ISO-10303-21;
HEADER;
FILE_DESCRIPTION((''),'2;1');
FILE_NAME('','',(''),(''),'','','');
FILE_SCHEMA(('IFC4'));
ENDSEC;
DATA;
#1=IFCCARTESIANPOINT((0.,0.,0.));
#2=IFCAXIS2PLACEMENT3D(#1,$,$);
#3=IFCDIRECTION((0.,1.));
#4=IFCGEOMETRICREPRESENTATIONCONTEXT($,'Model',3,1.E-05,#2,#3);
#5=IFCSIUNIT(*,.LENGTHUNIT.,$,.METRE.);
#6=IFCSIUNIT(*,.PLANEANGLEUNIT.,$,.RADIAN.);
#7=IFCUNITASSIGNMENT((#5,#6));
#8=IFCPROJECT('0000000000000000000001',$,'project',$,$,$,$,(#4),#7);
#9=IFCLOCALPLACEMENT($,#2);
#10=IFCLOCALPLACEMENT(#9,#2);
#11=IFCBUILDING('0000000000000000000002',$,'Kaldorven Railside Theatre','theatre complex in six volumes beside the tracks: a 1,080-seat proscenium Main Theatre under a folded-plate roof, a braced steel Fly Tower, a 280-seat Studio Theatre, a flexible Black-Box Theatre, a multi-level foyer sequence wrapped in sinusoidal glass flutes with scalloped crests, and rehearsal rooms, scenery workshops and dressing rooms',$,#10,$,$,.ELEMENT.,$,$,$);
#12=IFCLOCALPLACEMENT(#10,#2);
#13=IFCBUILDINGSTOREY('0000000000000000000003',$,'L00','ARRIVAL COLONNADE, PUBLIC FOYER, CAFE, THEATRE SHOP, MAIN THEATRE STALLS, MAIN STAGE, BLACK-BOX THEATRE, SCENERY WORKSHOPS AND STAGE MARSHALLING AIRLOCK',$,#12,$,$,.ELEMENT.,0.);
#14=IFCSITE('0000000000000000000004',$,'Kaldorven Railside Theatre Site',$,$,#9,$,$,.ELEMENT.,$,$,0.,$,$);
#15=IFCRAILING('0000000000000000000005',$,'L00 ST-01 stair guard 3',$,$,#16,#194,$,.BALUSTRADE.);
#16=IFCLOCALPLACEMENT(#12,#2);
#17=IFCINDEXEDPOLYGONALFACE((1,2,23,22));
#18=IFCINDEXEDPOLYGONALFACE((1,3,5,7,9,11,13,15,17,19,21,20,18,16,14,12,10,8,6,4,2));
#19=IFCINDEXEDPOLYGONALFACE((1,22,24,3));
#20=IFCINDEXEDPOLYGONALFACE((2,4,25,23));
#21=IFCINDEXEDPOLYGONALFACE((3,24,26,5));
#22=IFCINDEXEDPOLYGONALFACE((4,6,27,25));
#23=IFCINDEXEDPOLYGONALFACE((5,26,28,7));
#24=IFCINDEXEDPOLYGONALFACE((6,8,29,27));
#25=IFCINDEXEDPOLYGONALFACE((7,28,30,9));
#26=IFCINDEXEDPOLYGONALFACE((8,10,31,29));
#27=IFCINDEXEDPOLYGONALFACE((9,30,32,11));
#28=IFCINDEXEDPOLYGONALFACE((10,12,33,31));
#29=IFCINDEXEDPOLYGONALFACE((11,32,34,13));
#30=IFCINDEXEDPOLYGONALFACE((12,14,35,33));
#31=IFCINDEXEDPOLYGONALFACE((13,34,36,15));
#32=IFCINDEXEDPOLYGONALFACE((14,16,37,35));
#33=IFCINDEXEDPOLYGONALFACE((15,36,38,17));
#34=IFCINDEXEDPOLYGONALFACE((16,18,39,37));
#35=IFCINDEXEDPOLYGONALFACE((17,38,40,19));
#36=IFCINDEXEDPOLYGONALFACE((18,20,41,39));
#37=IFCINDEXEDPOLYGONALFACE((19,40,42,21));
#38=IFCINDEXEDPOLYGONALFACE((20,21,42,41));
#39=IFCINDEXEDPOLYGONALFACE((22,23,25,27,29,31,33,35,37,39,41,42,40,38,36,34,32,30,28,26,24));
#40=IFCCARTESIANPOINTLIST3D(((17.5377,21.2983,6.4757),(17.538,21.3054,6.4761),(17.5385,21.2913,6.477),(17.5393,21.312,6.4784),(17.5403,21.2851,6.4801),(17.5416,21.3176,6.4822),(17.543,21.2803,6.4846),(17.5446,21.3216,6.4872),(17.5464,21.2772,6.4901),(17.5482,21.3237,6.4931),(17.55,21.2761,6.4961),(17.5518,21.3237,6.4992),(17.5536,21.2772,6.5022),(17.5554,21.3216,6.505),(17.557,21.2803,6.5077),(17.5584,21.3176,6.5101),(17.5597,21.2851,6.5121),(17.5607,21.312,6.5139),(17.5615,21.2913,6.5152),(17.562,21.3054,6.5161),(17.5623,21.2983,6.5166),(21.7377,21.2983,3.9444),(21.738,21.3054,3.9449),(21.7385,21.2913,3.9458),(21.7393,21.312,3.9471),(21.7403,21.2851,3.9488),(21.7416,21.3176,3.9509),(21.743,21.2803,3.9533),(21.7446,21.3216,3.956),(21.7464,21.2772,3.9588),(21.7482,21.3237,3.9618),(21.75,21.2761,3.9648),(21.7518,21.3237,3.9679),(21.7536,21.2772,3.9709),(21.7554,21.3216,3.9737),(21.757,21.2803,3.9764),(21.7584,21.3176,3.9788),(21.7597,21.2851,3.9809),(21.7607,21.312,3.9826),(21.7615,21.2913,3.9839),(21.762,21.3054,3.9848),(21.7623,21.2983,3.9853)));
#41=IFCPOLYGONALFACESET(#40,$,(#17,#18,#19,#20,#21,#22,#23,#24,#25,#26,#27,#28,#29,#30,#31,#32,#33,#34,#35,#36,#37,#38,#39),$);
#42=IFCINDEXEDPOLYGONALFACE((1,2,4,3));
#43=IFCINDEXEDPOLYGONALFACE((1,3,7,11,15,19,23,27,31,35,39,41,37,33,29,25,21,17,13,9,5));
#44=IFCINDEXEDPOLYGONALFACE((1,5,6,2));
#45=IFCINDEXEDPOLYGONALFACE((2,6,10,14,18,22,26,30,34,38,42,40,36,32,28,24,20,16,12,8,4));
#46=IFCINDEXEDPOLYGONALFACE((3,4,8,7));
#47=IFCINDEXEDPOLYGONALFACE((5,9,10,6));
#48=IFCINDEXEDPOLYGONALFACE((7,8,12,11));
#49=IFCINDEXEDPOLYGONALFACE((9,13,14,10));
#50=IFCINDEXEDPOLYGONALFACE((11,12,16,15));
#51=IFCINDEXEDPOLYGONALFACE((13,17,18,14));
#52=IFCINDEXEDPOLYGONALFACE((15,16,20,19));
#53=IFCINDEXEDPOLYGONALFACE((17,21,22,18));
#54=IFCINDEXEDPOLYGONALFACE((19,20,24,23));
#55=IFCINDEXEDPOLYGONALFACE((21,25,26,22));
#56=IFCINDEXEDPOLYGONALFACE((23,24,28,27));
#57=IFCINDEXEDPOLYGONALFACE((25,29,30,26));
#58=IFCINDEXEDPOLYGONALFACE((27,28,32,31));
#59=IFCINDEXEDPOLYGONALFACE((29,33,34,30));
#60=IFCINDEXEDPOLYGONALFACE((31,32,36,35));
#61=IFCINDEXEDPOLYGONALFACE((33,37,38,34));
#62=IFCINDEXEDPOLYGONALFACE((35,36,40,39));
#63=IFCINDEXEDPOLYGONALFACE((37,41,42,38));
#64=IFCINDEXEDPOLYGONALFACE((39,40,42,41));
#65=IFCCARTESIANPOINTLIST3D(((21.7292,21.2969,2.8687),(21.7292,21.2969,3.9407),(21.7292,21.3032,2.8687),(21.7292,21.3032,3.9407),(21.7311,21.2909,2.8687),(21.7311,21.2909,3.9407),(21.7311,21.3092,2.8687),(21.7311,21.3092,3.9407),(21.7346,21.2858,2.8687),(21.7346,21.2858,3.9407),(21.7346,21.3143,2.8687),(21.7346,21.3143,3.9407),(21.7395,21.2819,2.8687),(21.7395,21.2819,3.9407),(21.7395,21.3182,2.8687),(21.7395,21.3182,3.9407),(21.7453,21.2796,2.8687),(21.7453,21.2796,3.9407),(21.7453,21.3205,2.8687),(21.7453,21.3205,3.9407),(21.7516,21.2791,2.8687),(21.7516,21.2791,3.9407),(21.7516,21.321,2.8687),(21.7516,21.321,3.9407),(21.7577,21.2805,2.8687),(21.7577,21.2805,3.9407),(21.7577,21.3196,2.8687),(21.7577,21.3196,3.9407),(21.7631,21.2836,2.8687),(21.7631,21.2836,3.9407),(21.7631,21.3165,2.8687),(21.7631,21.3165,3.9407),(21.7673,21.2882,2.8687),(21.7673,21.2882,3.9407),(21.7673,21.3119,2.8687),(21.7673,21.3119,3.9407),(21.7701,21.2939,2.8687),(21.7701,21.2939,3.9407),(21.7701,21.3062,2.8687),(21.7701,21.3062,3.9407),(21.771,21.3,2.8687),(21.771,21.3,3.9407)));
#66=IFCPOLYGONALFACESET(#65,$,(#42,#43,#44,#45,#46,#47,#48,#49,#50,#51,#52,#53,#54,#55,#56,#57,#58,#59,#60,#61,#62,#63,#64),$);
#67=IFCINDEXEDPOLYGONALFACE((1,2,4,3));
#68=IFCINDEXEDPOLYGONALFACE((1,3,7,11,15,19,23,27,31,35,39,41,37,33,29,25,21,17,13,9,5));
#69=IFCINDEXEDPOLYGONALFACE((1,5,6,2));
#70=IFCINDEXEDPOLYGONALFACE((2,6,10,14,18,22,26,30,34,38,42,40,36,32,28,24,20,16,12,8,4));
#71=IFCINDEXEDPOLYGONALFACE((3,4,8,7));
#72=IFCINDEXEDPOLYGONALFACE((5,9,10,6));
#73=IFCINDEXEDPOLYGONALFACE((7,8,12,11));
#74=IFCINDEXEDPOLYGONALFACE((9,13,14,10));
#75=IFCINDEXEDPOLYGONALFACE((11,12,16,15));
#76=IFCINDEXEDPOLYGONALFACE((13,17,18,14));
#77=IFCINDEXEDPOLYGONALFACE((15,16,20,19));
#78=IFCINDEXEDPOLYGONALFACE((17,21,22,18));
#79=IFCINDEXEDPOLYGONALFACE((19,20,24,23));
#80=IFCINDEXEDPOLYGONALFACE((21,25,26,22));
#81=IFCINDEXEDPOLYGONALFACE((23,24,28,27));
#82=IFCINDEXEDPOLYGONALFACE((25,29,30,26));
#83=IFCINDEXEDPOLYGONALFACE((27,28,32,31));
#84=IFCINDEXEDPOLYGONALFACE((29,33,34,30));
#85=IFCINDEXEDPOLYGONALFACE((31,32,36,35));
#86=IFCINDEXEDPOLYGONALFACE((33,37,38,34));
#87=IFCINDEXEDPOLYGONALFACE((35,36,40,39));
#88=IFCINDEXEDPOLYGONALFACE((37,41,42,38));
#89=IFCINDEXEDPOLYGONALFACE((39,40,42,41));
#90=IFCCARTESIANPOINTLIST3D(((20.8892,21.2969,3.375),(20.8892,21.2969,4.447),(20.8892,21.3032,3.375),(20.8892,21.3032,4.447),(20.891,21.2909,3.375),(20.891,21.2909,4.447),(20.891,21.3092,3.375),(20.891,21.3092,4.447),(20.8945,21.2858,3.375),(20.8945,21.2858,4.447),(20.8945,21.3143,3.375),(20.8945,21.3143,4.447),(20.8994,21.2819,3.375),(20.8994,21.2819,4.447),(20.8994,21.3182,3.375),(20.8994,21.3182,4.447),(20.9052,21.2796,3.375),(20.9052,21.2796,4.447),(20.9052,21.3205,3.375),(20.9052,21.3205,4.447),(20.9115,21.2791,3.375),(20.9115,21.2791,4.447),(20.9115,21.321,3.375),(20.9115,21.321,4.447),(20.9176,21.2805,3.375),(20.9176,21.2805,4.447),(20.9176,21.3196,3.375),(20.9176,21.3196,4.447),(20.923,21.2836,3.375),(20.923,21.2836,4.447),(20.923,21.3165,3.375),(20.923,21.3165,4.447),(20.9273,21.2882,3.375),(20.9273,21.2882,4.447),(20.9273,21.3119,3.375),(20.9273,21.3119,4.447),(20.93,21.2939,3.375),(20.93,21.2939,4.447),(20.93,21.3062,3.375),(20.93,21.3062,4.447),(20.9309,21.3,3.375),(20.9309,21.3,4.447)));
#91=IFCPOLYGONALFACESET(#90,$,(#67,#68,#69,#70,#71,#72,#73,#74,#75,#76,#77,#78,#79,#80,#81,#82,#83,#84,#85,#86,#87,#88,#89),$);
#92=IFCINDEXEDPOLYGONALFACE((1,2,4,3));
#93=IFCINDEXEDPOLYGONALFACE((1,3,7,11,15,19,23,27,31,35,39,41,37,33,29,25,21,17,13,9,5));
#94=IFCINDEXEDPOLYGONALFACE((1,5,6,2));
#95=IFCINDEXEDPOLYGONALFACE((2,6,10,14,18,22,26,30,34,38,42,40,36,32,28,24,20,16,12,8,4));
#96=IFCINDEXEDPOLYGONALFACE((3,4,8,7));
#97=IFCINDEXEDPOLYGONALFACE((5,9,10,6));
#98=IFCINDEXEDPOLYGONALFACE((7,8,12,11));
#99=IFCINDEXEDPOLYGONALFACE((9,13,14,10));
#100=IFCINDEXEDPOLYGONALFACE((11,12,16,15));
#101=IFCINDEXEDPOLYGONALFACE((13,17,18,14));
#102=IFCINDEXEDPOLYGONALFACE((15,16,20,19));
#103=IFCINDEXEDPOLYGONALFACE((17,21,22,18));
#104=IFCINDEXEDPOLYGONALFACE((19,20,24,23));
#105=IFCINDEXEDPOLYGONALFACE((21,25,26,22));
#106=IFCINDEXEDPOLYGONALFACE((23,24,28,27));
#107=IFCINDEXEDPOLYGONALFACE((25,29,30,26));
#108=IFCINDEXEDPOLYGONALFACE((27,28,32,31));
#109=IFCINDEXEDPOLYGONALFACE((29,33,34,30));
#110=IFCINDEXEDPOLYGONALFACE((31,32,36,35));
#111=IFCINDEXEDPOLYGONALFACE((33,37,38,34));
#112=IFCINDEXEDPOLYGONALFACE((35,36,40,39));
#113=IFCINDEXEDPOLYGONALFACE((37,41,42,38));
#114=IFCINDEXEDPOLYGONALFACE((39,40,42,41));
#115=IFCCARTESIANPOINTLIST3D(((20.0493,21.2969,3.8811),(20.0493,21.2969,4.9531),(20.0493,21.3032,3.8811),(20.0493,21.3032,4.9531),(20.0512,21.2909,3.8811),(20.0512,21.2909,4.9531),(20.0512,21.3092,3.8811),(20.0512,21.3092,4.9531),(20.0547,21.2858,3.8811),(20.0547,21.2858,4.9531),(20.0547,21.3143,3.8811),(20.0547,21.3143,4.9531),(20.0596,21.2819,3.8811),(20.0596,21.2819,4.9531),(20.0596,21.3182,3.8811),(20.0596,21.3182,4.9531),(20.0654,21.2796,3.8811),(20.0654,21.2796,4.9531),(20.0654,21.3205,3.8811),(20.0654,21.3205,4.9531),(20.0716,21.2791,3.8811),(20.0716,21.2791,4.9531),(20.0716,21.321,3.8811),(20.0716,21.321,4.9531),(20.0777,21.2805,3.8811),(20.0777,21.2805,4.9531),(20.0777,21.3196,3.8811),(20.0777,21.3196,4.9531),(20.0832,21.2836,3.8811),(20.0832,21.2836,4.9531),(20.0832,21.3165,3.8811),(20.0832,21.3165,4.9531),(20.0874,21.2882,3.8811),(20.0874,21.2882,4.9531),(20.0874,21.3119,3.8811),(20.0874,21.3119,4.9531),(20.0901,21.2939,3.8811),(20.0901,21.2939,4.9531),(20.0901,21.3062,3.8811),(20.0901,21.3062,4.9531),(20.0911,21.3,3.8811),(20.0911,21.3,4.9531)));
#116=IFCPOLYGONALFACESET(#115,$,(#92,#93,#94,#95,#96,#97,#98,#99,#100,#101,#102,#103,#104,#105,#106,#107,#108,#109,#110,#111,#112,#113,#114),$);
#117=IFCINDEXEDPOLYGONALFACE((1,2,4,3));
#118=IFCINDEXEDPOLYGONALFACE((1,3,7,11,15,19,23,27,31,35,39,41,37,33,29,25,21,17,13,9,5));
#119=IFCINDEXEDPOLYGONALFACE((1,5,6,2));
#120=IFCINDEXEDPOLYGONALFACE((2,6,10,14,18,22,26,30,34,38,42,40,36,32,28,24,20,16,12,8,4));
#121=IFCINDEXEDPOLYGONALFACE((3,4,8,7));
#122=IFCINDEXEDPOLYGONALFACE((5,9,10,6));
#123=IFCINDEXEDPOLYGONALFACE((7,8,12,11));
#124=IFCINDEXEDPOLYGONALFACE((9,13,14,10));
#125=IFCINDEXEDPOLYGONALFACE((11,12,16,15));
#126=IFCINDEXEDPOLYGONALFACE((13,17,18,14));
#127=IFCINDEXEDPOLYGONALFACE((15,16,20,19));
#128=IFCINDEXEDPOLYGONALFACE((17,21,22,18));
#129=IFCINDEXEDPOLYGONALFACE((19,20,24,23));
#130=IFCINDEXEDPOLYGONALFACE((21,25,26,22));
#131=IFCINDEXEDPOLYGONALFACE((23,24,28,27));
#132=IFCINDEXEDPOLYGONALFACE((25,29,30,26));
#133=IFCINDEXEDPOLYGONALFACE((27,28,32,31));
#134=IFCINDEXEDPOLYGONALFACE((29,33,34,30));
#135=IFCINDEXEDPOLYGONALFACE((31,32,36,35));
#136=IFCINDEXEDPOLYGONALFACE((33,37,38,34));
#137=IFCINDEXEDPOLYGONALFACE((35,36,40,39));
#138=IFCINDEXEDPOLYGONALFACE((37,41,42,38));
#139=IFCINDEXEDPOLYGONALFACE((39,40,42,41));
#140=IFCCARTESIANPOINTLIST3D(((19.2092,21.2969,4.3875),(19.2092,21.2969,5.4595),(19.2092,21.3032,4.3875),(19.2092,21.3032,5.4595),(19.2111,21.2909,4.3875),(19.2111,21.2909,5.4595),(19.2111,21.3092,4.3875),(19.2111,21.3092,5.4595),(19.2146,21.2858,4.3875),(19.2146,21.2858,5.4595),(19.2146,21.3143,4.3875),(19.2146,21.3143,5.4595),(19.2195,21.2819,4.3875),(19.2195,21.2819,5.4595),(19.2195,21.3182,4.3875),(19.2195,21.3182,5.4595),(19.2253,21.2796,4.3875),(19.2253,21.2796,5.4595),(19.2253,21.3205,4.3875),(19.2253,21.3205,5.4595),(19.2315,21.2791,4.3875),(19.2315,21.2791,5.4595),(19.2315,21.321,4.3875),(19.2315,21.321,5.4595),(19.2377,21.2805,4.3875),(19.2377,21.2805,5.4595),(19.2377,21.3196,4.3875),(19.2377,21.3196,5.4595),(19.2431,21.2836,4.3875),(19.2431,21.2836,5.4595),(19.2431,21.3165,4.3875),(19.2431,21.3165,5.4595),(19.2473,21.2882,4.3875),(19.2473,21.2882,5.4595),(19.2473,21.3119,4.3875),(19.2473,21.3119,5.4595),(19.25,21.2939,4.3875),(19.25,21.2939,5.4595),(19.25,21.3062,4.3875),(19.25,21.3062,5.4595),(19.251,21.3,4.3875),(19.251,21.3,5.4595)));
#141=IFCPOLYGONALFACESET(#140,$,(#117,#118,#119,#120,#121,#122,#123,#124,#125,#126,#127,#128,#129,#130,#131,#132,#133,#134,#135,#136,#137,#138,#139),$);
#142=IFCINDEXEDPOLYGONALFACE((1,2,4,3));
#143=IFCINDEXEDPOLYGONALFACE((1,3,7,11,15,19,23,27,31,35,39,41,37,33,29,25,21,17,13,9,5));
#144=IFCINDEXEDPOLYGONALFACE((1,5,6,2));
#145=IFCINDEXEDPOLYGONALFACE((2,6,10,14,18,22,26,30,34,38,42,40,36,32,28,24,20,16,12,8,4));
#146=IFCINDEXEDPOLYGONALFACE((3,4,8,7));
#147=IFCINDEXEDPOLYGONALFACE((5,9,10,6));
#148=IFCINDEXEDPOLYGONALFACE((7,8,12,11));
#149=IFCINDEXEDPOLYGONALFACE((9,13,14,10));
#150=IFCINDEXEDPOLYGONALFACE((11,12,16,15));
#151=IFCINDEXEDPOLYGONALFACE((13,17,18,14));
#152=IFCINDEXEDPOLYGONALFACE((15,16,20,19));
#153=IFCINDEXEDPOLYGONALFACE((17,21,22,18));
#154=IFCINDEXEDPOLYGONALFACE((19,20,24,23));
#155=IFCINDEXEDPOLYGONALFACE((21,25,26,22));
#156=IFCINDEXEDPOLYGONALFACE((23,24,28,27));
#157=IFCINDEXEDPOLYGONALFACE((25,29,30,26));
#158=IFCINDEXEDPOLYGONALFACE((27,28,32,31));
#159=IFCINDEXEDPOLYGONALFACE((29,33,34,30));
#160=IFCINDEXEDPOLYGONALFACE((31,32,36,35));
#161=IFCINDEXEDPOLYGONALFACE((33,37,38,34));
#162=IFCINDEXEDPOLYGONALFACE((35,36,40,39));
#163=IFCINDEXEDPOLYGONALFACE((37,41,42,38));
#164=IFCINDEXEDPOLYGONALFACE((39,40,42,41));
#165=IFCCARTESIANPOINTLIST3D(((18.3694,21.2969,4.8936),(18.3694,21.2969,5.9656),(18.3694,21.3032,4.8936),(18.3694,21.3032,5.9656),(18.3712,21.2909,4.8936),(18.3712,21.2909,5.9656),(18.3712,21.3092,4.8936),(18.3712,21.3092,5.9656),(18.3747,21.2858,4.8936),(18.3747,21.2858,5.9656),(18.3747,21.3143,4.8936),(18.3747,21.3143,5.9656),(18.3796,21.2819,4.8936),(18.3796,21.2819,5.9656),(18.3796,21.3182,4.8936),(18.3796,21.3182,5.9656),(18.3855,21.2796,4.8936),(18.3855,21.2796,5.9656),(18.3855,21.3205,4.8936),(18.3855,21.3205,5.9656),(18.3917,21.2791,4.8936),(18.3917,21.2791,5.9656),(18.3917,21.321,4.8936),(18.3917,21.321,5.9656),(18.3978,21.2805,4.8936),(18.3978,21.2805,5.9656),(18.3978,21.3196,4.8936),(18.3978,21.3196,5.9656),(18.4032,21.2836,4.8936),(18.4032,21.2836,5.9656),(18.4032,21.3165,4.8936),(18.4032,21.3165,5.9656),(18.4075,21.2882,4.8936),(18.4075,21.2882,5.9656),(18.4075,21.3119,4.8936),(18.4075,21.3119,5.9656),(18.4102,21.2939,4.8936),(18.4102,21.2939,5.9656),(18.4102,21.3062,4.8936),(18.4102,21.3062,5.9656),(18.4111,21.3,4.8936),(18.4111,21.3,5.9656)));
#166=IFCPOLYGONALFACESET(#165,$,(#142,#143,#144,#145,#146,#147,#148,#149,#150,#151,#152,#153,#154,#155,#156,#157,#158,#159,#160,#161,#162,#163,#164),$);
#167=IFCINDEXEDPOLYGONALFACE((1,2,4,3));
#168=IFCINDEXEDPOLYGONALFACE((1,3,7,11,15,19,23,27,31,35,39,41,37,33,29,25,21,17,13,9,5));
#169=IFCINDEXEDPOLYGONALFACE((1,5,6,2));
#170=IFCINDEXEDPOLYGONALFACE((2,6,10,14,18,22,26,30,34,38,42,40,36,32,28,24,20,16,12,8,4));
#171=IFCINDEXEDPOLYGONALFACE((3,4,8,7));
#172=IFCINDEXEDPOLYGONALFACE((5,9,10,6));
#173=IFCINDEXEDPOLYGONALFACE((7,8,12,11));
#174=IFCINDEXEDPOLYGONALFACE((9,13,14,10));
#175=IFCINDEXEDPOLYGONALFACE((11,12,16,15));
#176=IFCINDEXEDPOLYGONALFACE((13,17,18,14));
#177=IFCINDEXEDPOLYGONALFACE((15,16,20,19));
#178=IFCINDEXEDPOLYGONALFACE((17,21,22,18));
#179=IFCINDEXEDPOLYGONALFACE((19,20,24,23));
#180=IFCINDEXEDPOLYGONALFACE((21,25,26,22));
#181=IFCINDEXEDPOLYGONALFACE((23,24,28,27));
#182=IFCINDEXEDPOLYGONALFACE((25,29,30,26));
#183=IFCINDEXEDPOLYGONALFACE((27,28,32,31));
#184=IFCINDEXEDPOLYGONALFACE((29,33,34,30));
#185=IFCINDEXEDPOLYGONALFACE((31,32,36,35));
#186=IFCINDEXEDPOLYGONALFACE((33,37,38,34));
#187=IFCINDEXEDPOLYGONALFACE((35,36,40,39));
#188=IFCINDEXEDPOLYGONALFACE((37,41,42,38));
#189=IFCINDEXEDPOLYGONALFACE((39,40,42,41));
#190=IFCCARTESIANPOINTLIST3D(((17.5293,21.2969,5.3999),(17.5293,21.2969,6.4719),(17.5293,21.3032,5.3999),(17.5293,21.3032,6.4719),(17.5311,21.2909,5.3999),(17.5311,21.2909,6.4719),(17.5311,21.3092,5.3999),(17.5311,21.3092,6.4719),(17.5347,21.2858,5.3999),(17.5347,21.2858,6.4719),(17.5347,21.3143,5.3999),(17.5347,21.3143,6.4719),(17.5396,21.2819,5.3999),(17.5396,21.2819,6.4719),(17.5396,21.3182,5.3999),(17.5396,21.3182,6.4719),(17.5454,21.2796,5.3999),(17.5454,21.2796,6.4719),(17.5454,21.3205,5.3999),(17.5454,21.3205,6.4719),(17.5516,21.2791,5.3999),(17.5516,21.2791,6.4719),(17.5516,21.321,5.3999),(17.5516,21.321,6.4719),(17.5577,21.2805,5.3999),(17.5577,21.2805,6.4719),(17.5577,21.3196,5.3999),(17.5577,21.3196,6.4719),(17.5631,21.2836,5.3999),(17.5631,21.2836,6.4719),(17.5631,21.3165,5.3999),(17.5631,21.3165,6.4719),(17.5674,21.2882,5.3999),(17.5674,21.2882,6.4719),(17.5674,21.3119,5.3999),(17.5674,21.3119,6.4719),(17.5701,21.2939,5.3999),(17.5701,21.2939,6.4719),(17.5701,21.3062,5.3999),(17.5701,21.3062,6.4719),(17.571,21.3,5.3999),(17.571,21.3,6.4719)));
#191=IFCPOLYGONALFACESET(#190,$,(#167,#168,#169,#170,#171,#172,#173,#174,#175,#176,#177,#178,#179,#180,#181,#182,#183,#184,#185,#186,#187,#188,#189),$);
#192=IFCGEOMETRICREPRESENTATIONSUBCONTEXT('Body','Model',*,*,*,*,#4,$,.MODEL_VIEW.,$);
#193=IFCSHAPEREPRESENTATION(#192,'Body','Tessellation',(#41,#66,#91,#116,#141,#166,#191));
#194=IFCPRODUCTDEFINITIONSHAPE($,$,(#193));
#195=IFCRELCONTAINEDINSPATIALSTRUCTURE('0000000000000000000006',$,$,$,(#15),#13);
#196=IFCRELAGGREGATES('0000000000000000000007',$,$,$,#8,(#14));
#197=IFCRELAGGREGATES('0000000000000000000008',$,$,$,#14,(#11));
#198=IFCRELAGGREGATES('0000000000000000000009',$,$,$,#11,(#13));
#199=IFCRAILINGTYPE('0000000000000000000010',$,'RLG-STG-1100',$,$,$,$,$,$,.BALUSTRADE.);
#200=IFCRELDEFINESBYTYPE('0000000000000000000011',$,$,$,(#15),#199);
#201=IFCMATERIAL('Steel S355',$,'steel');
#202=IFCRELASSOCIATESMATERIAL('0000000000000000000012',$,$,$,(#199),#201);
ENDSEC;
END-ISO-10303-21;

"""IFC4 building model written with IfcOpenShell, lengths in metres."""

from ifc_helpers import new_model, si_unit, direction, frame, origin, origin_2d, place, context, subcontext, project, spatial, circle, extrude, material, type_object, element, save


model = new_model("IFC4")

# Units and contexts
model_context = context("Model", 3, precision=1e-05, world=origin(), true_north=direction((0.0, 1.0)))
body_context = subcontext(model_context, "Body", "Model", "MODEL_VIEW")
ifc_project = project(units=[si_unit("LENGTHUNIT", "METRE"), si_unit("PLANEANGLEUNIT", "RADIAN")], contexts=[model_context])

# Site, building, storey
site_placement = place(None, origin())
site = spatial("IfcSite", under=ifc_project, at=site_placement, Name="Kaldorven Railside Theatre Site", CompositionType="ELEMENT", RefElevation=0.0)
building_placement = place(site_placement, origin())
building = spatial("IfcBuilding", under=site, at=building_placement, Name="Kaldorven Railside Theatre", Description="theatre complex in six volumes beside the tracks: a 1,080-seat proscenium Main Theatre under a folded-plate roof, a braced steel Fly Tower, a 280-seat Studio Theatre, a flexible Black-Box Theatre, a multi-level foyer sequence wrapped in sinusoidal glass flutes with scalloped crests, and rehearsal rooms, scenery workshops and dressing rooms", CompositionType="ELEMENT")
storey_placement = place(building_placement, origin())
storey = spatial("IfcBuildingStorey", under=building, at=storey_placement, Name="L00", Description="ARRIVAL COLONNADE, PUBLIC FOYER, CAFE, THEATRE SHOP, MAIN THEATRE STALLS, MAIN STAGE, BLACK-BOX THEATRE, SCENERY WORKSHOPS AND STAGE MARSHALLING AIRLOCK", CompositionType="ELEMENT", Elevation=0.0)

# Shared definitions
ifc_material_1 = material(Name="Steel S355", Category="steel")

# Railing
railing_type_1 = type_object("IfcRailingType", Name="RLG-STG-1100", PredefinedType="BALUSTRADE", material=ifc_material_1)
railing_1_placement = place(storey_placement, frame((21.75, 21.3, 2.8687)))
element("IfcRailing", 1, at=railing_1_placement, inside=storey, type_object=railing_type_1, Name="L00 ST-01 stair guard 3", PredefinedType="BALUSTRADE", context=body_context, shape_type="SweptSolid", body=[
    extrude(circle(Radius=0.0239, at=origin_2d()), frame((0.0, 0.0, 1.0962), z_axis=(-0.856476, 0.0, 0.516186), x_axis=(0.0, -1.0, 0.0)), (0.0, 0.0, 1.0), 4.9038),
    extrude(circle(Radius=0.021, at=origin_2d()), origin(), (0.0, 0.0, 1.0), 1.072),
    extrude(circle(Radius=0.021, at=origin_2d()), frame((-0.8401, 0.0, 0.5063)), (0.0, 0.0, 1.0), 1.072),
    extrude(circle(Radius=0.021, at=origin_2d()), frame((-1.6799, 0.0, 1.0125)), (0.0, 0.0, 1.0), 1.072),
    extrude(circle(Radius=0.021, at=origin_2d()), frame((-2.52, 0.0, 1.5188)), (0.0, 0.0, 1.0), 1.072),
    extrude(circle(Radius=0.021, at=origin_2d()), frame((-3.3599, 0.0, 2.0249)), (0.0, 0.0, 1.0), 1.072),
    extrude(circle(Radius=0.021, at=origin_2d()), frame((-4.2, 0.0, 2.5312)), (0.0, 0.0, 1.0), 1.072),
])

save(model, "model.ifc")
